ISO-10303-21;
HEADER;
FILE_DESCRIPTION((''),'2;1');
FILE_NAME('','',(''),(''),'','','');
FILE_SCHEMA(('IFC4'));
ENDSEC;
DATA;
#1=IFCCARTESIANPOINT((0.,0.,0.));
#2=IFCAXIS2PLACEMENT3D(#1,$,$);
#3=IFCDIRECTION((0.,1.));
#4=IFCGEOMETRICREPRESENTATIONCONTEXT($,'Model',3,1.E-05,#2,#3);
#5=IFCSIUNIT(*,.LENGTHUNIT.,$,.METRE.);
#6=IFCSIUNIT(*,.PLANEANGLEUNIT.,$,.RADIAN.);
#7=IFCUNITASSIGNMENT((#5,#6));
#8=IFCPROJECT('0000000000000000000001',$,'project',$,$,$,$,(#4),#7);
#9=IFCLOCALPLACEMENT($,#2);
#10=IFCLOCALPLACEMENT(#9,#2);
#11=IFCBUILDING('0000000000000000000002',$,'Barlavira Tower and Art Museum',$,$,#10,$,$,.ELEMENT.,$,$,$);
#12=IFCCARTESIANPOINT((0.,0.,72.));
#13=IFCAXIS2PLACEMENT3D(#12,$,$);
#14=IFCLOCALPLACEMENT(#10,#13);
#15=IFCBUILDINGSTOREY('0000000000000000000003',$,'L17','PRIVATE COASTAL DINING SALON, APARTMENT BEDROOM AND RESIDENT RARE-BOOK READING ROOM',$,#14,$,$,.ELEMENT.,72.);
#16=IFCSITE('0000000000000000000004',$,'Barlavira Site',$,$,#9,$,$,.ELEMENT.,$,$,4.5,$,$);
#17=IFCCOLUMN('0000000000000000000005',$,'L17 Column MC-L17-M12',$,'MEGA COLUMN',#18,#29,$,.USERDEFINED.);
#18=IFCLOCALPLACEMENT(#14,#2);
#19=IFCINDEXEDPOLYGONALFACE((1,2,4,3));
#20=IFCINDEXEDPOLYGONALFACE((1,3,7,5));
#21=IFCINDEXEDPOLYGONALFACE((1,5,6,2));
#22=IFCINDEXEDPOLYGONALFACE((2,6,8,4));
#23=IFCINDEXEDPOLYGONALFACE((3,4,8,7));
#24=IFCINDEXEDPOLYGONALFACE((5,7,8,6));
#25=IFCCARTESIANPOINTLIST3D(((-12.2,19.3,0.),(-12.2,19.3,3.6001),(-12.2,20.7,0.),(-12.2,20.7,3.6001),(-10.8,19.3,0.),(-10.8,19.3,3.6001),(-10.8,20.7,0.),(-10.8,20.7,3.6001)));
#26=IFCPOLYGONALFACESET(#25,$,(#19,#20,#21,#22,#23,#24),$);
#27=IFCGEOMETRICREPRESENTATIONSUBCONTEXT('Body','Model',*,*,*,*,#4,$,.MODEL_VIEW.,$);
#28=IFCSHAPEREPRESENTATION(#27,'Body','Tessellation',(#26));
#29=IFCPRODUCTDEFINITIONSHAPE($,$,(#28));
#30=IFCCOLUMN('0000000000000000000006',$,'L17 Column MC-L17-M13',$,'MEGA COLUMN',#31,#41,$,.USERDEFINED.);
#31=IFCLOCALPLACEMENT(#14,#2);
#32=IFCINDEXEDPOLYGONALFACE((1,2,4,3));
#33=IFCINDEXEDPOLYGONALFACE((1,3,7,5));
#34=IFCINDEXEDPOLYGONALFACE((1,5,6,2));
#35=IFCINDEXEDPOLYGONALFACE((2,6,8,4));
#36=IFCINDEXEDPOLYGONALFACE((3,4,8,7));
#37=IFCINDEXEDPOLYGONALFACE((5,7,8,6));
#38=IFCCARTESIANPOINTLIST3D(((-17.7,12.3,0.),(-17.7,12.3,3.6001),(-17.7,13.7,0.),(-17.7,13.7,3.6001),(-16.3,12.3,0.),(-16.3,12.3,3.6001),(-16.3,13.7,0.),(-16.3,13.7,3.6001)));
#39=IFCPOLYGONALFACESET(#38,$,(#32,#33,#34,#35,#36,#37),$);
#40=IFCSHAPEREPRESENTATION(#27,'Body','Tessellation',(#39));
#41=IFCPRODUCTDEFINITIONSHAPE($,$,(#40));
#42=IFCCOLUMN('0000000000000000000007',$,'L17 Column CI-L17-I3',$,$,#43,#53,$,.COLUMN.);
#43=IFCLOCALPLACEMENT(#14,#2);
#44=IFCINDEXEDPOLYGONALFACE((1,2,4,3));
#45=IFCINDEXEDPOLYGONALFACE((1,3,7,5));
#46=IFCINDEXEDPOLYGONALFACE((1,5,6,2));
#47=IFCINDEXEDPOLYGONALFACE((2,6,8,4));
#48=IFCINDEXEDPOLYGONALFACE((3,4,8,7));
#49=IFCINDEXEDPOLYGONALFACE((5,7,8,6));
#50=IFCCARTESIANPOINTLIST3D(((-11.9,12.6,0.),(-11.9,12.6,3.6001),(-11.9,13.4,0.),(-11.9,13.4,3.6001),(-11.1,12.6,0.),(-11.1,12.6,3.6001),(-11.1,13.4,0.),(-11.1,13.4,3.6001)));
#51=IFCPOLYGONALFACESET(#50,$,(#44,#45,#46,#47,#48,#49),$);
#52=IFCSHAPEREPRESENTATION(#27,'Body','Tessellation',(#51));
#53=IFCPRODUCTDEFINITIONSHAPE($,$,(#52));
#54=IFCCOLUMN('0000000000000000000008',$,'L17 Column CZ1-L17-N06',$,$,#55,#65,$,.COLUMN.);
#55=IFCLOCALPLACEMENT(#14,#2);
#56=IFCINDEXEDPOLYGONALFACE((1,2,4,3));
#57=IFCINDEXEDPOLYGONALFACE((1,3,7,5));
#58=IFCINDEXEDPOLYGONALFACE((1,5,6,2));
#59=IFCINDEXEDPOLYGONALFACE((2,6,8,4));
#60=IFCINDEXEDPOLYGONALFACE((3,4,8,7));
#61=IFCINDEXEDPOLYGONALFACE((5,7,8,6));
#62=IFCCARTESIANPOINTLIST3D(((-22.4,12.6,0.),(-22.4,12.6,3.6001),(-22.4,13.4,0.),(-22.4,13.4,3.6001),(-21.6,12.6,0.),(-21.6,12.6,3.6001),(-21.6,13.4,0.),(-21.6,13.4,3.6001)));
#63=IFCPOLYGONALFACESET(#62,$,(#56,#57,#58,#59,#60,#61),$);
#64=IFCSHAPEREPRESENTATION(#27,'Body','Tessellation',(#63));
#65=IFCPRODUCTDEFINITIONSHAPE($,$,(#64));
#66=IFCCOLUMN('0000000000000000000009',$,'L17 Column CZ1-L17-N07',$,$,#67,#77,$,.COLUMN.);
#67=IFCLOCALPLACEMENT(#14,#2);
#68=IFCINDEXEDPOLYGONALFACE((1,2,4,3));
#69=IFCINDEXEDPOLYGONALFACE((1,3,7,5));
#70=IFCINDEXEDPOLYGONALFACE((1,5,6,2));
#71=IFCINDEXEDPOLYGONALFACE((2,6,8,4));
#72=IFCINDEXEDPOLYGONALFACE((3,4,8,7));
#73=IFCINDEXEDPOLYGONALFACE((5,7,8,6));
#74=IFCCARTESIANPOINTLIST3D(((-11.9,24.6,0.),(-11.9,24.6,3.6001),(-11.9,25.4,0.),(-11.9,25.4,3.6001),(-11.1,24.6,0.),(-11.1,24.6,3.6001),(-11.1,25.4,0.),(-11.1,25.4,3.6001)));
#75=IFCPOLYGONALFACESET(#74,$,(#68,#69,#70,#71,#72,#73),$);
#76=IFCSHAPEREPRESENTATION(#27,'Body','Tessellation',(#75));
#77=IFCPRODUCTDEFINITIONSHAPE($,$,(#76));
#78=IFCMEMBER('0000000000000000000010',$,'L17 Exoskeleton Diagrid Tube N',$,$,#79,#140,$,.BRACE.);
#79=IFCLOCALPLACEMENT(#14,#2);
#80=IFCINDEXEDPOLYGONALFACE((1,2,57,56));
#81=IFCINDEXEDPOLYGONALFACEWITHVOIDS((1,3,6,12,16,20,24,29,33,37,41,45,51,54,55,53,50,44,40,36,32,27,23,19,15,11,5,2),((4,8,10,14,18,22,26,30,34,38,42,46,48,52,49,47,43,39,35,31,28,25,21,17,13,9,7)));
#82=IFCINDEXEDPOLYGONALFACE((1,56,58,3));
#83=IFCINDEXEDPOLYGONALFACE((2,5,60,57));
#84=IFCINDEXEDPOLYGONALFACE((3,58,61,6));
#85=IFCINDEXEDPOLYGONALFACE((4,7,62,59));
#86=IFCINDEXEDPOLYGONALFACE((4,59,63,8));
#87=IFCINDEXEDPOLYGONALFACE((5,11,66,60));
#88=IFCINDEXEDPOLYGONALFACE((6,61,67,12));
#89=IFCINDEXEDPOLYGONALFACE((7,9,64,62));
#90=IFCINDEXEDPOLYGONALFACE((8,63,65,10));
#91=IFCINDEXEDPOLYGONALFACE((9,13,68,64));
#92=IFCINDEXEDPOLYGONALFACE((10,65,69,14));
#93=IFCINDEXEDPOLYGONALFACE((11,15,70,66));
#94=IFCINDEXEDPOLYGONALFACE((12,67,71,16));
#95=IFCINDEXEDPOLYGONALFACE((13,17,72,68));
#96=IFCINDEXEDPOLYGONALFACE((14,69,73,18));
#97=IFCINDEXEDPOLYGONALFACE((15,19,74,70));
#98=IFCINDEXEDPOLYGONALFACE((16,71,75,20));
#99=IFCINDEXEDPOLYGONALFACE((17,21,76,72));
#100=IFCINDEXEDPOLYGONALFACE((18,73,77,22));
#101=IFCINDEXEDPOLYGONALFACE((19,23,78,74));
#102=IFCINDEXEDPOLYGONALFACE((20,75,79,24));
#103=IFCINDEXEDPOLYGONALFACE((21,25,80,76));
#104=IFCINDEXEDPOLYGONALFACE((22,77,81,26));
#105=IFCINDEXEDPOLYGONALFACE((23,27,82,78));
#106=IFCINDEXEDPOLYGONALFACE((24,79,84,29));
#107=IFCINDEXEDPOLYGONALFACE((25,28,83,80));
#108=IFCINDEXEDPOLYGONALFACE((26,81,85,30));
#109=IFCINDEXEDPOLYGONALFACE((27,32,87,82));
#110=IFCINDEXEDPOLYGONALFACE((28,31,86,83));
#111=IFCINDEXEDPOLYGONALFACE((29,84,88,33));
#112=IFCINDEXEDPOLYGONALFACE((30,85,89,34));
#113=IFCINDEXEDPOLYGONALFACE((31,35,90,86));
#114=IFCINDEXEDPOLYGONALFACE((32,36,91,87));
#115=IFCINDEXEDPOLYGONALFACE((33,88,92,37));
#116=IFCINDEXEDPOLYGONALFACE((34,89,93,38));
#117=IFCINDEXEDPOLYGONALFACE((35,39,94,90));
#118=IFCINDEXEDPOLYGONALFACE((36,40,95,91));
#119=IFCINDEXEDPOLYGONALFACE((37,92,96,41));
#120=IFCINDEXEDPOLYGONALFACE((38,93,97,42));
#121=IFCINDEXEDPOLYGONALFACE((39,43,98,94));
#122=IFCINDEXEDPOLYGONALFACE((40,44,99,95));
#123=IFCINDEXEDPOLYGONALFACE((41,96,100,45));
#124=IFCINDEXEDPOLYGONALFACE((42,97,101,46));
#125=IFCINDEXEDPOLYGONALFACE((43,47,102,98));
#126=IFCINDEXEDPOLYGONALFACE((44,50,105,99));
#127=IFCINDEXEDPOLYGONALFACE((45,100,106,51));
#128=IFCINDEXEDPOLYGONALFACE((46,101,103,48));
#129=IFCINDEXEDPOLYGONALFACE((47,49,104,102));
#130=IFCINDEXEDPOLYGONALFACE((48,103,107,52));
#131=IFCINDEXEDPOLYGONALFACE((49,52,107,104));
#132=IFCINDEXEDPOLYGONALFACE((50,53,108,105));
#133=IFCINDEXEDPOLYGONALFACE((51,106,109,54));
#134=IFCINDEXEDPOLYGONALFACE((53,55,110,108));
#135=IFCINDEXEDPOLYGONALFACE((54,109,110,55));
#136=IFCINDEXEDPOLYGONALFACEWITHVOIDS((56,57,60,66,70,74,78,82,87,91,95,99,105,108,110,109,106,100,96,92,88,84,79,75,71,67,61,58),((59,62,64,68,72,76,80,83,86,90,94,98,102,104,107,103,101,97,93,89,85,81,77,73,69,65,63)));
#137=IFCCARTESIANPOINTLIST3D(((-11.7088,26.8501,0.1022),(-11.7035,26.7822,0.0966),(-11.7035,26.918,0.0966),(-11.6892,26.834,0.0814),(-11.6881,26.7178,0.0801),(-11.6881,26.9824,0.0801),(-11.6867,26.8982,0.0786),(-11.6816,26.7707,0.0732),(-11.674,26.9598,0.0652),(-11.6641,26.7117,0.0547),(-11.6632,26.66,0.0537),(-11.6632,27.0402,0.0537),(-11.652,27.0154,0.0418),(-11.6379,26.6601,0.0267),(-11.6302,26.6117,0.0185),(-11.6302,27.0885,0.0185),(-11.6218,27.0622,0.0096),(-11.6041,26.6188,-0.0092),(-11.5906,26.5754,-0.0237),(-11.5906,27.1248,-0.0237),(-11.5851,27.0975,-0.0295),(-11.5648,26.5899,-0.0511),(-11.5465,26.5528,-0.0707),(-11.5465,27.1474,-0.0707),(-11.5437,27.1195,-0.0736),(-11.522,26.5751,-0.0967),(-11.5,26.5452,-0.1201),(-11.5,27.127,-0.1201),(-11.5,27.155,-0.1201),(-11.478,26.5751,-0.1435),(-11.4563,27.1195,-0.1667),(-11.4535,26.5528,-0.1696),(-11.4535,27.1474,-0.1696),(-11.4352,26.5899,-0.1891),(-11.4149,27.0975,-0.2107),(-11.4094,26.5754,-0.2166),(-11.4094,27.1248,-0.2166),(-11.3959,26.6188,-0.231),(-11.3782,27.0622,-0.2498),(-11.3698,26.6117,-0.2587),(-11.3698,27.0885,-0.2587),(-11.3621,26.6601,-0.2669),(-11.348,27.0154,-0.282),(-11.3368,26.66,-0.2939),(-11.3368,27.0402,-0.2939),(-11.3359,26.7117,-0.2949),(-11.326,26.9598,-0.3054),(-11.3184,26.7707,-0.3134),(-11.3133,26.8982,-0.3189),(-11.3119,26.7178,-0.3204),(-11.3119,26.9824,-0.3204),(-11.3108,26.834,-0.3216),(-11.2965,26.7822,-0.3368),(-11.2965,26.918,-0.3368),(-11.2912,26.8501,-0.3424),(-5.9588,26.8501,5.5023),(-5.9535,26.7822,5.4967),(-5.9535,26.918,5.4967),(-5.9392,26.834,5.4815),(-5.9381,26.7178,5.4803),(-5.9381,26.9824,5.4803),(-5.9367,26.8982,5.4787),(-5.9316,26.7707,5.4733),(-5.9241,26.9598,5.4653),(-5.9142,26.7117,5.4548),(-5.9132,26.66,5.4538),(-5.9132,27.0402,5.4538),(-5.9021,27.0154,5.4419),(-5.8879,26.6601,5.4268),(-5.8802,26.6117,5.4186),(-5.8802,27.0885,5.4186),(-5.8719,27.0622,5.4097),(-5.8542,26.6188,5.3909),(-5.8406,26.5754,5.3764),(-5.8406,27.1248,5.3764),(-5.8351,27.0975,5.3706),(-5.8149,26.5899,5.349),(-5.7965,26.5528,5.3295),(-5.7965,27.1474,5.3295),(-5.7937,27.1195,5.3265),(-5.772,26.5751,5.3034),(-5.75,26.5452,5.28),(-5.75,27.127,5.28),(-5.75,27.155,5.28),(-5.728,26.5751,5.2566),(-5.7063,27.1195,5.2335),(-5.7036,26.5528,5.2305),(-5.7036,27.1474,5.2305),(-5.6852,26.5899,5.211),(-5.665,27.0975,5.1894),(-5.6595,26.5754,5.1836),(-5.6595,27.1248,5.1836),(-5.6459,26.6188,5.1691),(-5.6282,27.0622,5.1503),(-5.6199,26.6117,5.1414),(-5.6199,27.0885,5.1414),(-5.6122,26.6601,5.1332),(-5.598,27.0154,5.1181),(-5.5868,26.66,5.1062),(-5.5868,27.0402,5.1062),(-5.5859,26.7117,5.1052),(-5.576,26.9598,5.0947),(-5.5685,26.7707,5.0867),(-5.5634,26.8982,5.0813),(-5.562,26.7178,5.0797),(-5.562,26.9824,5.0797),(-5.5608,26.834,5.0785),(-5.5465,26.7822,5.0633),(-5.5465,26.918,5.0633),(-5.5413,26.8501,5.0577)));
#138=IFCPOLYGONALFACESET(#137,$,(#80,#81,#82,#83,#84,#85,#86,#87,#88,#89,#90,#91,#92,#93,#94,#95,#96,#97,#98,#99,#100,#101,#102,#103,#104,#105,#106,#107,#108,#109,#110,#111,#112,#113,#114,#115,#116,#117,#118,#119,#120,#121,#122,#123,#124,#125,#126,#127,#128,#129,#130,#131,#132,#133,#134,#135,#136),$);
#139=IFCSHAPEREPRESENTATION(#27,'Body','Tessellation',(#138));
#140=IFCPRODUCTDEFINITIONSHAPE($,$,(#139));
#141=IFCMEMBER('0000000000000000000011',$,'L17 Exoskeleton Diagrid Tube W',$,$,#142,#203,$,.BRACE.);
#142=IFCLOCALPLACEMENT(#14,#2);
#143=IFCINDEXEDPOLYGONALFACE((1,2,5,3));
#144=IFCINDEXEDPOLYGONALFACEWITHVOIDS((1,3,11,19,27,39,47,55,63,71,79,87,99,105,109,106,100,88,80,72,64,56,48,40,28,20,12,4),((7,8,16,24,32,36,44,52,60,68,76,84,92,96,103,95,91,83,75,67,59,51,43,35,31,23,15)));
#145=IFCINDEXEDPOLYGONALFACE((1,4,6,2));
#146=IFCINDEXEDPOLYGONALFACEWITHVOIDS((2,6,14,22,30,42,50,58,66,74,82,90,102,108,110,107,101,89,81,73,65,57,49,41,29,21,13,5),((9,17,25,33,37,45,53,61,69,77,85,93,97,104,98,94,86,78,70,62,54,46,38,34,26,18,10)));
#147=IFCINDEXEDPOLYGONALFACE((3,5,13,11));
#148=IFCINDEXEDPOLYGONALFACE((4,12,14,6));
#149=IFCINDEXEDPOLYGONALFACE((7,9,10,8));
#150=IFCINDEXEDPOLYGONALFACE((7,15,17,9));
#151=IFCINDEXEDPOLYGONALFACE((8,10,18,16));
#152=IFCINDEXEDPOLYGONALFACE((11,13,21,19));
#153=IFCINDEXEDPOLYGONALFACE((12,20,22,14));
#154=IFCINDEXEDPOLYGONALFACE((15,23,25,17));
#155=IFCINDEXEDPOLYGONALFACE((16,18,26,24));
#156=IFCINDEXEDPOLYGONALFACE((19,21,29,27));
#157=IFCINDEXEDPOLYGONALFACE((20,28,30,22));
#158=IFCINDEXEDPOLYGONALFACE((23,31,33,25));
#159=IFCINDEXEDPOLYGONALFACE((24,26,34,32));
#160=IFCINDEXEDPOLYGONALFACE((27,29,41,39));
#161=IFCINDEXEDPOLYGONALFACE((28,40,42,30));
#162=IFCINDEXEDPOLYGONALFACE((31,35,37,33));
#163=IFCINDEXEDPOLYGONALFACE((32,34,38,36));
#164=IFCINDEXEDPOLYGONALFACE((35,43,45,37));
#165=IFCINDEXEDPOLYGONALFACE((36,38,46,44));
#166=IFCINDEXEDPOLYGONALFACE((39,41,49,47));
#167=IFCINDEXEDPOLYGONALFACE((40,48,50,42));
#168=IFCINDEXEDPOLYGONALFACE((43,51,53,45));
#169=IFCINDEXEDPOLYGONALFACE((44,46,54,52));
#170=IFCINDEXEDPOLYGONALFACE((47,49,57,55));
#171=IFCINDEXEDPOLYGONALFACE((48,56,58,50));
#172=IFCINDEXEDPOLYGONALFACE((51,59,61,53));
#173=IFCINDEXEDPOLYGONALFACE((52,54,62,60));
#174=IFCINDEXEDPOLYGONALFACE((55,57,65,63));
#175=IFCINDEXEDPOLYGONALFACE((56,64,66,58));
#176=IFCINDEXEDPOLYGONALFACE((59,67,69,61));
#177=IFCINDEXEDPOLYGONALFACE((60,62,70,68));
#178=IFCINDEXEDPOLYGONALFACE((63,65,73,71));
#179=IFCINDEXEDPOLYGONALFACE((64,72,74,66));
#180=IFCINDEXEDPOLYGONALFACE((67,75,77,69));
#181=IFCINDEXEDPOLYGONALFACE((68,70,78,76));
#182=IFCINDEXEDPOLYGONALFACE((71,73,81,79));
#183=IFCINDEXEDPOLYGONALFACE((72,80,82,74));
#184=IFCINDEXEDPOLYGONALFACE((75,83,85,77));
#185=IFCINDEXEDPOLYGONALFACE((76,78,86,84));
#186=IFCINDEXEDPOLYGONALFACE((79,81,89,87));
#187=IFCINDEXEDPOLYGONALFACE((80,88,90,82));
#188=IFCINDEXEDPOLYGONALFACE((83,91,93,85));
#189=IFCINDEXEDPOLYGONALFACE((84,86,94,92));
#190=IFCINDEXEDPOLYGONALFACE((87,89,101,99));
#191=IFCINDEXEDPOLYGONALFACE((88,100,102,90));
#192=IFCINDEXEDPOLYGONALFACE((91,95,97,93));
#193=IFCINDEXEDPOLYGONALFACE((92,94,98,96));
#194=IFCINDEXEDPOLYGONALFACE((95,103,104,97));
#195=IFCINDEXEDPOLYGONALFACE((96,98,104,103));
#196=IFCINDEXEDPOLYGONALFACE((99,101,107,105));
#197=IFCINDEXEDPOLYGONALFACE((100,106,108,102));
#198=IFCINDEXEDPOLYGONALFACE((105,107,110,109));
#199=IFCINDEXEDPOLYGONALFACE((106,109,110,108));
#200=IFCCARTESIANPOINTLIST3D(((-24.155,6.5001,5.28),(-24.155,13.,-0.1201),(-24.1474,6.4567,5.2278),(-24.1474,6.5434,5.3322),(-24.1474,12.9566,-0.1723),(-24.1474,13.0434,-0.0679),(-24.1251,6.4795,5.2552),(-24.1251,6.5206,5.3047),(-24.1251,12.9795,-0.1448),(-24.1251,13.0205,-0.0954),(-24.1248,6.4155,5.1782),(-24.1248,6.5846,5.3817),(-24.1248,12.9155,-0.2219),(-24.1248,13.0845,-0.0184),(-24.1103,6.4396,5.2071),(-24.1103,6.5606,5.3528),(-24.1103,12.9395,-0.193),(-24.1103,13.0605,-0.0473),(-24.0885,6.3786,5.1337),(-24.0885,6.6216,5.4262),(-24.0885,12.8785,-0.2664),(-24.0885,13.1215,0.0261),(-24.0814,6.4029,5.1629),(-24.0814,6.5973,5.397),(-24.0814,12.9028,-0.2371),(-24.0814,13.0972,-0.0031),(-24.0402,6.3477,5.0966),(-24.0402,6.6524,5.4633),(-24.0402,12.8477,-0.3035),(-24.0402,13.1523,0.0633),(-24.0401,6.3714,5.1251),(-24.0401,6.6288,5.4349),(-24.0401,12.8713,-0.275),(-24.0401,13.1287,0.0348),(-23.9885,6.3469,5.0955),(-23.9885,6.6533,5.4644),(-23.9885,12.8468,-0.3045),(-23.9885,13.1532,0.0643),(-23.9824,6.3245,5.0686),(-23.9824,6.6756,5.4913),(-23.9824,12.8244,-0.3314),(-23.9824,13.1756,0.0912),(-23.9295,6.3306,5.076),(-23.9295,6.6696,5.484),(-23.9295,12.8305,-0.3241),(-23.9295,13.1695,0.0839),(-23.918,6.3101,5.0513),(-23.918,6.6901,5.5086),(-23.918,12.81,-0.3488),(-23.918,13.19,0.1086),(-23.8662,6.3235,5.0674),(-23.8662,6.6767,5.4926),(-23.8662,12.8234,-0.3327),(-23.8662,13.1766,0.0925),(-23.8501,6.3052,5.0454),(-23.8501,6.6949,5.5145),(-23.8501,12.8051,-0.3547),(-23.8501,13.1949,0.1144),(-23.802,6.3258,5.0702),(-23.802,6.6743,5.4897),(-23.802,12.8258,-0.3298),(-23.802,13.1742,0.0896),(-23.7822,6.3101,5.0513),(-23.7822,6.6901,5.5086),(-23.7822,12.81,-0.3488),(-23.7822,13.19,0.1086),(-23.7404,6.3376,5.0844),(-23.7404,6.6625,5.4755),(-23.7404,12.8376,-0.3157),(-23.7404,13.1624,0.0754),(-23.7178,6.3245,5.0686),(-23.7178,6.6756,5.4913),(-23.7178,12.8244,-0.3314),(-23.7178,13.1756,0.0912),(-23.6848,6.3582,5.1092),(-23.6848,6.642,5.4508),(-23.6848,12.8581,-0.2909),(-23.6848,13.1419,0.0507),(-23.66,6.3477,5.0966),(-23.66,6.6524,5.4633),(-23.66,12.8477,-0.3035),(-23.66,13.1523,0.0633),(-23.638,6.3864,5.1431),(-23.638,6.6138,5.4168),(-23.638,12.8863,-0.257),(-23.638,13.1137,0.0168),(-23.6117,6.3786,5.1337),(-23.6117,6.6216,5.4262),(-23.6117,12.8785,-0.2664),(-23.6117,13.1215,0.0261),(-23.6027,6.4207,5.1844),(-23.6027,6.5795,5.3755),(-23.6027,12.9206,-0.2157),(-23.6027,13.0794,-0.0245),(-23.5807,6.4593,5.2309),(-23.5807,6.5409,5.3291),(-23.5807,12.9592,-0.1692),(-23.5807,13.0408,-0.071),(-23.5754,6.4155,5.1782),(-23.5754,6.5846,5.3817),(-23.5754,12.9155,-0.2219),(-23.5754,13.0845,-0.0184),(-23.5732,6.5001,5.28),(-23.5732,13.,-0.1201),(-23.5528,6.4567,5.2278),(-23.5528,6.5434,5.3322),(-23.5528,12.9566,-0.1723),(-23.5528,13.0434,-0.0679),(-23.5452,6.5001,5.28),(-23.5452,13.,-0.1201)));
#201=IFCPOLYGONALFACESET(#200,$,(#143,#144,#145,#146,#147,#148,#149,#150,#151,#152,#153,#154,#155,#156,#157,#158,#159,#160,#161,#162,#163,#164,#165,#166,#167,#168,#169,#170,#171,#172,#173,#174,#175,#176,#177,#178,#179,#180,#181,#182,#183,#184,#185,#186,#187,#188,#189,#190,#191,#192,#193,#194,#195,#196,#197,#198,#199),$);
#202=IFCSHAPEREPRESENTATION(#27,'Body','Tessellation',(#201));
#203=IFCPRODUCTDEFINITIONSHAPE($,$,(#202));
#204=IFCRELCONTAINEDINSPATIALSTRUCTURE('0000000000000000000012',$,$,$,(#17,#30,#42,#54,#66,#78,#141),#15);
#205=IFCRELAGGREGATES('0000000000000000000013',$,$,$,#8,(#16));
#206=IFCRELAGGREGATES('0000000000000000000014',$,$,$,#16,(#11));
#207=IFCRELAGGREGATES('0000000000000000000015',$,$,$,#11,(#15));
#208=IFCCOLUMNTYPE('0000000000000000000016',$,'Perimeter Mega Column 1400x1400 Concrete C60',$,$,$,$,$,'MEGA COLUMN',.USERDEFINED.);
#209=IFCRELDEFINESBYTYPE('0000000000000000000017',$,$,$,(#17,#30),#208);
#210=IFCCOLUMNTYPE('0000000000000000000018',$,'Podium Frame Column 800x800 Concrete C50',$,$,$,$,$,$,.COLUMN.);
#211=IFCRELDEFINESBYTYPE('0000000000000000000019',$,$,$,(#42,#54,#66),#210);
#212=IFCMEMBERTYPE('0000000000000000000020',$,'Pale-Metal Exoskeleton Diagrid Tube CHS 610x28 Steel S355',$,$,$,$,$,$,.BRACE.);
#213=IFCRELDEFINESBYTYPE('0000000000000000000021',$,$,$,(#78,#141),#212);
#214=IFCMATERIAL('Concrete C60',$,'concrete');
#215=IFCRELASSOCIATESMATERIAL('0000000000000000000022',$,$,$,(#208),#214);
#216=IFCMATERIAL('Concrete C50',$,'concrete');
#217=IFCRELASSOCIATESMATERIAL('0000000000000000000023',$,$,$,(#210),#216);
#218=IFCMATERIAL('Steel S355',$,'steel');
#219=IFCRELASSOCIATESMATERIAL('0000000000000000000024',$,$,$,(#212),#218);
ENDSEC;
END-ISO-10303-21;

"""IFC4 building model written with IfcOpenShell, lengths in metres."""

from ifc_helpers import new_model, si_unit, direction, frame, origin, origin_2d, place, context, subcontext, project, spatial, rectangle, hollow_circle, extrude, material, material_profile, profile_set, type_object, element, save


model = new_model("IFC4")

# Units and contexts
model_context = context("Model", 3, precision=1e-05, world=origin(), true_north=direction((0.0, 1.0)))
body_context = subcontext(model_context, "Body", "Model", "MODEL_VIEW")
ifc_project = project(units=[si_unit("LENGTHUNIT", "METRE"), si_unit("PLANEANGLEUNIT", "RADIAN")], contexts=[model_context])

# Site, building, storey
site_placement = place(None, origin())
site = spatial("IfcSite", under=ifc_project, at=site_placement, Name="Barlavira Site", CompositionType="ELEMENT", RefElevation=4.5)
building_placement = place(site_placement, origin())
building = spatial("IfcBuilding", under=site, at=building_placement, Name="Barlavira Tower and Art Museum", CompositionType="ELEMENT")
storey_placement = place(building_placement, frame((0.0, 0.0, 72.0)))
storey = spatial("IfcBuildingStorey", under=building, at=storey_placement, Name="L17", Description="PRIVATE COASTAL DINING SALON, APARTMENT BEDROOM AND RESIDENT RARE-BOOK READING ROOM", CompositionType="ELEMENT", Elevation=72.0)

# Columns
ifc_material_1 = material(Name="Concrete C60", Category="concrete")
ifc_material_profile_1 = material_profile(ifc_material_1, rectangle(XDim=1.3999, YDim=1.3999, at=origin_2d()), Name="RC-MCOL 1400x1400")
ifc_profile_set_1 = profile_set([ifc_material_profile_1], Name="Concrete C60")
column_type_1 = type_object("IfcColumnType", Name="Perimeter Mega Column 1400x1400 Concrete C60", ElementType="MEGA COLUMN", PredefinedType="USERDEFINED", material=ifc_profile_set_1)
for number, where, z_axis, x_axis, name in (
    (1, (-11.5, 20.0, 0.0), (0.0, 0.0, 1.0), (1.0, 0.0, 0.0), "L17 Column MC-L17-M12"),
    (2, (-17.0, 13.0, 0.0), (0.0, 0.0, 1.0), (1.0, 0.0, 0.0), "L17 Column MC-L17-M13"),
):
    element("IfcColumn", number, at=place(storey_placement, frame(where, z_axis=z_axis, x_axis=x_axis)), inside=storey, type_object=column_type_1, Name=name, ObjectType="MEGA COLUMN", PredefinedType="USERDEFINED", context=body_context, shape_type="SweptSolid", body=[
        extrude(rectangle(XDim=1.3999, YDim=1.3999, at=origin_2d()), origin(), (0.0, 0.0, 1.0), 3.6001),
    ])
ifc_material_2 = material(Name="Concrete C50", Category="concrete")
ifc_material_profile_2 = material_profile(ifc_material_2, rectangle(XDim=0.8, YDim=0.8, at=origin_2d()), Name="RC-COL 800x800")
ifc_profile_set_2 = profile_set([ifc_material_profile_2], Name="Concrete C50")
column_type_2 = type_object("IfcColumnType", Name="Podium Frame Column 800x800 Concrete C50", PredefinedType="COLUMN", material=ifc_profile_set_2)
for number, where, z_axis, x_axis, name in (
    (3, (-11.5, 13.0, 0.0), (0.0, 0.0, 1.0), (1.0, 0.0, 0.0), "L17 Column CI-L17-I3"),
    (4, (-22.0, 13.0, 0.0), (0.0, 0.0, 1.0), (1.0, 0.0, 0.0), "L17 Column CZ1-L17-N06"),
    (5, (-11.5, 25.0, 0.0), (0.0, 0.0, 1.0), (1.0, 0.0, 0.0), "L17 Column CZ1-L17-N07"),
):
    element("IfcColumn", number, at=place(storey_placement, frame(where, z_axis=z_axis, x_axis=x_axis)), inside=storey, type_object=column_type_2, Name=name, PredefinedType="COLUMN", context=body_context, shape_type="SweptSolid", body=[
        extrude(rectangle(XDim=0.8, YDim=0.8, at=origin_2d()), origin(), (0.0, 0.0, 1.0), 3.6001),
    ])

# Members
ifc_material_3 = material(Name="Steel S355", Category="steel")
ifc_material_profile_3 = material_profile(ifc_material_3, hollow_circle(Radius=0.3049, WallThickness=0.0281, at=origin_2d()), Name="CHS 610.0x28.0")
ifc_profile_set_3 = profile_set([ifc_material_profile_3], Name="Steel S355")
member_type_1 = type_object("IfcMemberType", Name="Pale-Metal Exoskeleton Diagrid Tube CHS 610x28 Steel S355", PredefinedType="BRACE", material=ifc_profile_set_3)
member_1_placement = place(storey_placement, frame((-11.5, 26.8501, -0.1201), z_axis=(0.728935, 0.0, 0.684583), x_axis=(0.0, 1.0, 0.0)))
element("IfcMember", 6, at=member_1_placement, inside=storey, type_object=member_type_1, Name="L17 Exoskeleton Diagrid Tube N", PredefinedType="BRACE", context=body_context, shape_type="SweptSolid", body=[
    extrude(hollow_circle(Radius=0.3049, WallThickness=0.0281, at=origin_2d()), origin(), (0.0, 0.0, 1.0), 7.8882),
])
member_2_placement = place(storey_placement, frame((-23.8501, 13.0, -0.1201), z_axis=(0.0, -0.769182, 0.63903), x_axis=(1.0, 0.0, 0.0)))
element("IfcMember", 7, at=member_2_placement, inside=storey, type_object=member_type_1, Name="L17 Exoskeleton Diagrid Tube W", PredefinedType="BRACE", context=body_context, shape_type="SweptSolid", body=[
    extrude(hollow_circle(Radius=0.3049, WallThickness=0.0281, at=origin_2d()), origin(), (0.0, 0.0, 1.0), 8.4504),
])

save(model, "model.ifc")
